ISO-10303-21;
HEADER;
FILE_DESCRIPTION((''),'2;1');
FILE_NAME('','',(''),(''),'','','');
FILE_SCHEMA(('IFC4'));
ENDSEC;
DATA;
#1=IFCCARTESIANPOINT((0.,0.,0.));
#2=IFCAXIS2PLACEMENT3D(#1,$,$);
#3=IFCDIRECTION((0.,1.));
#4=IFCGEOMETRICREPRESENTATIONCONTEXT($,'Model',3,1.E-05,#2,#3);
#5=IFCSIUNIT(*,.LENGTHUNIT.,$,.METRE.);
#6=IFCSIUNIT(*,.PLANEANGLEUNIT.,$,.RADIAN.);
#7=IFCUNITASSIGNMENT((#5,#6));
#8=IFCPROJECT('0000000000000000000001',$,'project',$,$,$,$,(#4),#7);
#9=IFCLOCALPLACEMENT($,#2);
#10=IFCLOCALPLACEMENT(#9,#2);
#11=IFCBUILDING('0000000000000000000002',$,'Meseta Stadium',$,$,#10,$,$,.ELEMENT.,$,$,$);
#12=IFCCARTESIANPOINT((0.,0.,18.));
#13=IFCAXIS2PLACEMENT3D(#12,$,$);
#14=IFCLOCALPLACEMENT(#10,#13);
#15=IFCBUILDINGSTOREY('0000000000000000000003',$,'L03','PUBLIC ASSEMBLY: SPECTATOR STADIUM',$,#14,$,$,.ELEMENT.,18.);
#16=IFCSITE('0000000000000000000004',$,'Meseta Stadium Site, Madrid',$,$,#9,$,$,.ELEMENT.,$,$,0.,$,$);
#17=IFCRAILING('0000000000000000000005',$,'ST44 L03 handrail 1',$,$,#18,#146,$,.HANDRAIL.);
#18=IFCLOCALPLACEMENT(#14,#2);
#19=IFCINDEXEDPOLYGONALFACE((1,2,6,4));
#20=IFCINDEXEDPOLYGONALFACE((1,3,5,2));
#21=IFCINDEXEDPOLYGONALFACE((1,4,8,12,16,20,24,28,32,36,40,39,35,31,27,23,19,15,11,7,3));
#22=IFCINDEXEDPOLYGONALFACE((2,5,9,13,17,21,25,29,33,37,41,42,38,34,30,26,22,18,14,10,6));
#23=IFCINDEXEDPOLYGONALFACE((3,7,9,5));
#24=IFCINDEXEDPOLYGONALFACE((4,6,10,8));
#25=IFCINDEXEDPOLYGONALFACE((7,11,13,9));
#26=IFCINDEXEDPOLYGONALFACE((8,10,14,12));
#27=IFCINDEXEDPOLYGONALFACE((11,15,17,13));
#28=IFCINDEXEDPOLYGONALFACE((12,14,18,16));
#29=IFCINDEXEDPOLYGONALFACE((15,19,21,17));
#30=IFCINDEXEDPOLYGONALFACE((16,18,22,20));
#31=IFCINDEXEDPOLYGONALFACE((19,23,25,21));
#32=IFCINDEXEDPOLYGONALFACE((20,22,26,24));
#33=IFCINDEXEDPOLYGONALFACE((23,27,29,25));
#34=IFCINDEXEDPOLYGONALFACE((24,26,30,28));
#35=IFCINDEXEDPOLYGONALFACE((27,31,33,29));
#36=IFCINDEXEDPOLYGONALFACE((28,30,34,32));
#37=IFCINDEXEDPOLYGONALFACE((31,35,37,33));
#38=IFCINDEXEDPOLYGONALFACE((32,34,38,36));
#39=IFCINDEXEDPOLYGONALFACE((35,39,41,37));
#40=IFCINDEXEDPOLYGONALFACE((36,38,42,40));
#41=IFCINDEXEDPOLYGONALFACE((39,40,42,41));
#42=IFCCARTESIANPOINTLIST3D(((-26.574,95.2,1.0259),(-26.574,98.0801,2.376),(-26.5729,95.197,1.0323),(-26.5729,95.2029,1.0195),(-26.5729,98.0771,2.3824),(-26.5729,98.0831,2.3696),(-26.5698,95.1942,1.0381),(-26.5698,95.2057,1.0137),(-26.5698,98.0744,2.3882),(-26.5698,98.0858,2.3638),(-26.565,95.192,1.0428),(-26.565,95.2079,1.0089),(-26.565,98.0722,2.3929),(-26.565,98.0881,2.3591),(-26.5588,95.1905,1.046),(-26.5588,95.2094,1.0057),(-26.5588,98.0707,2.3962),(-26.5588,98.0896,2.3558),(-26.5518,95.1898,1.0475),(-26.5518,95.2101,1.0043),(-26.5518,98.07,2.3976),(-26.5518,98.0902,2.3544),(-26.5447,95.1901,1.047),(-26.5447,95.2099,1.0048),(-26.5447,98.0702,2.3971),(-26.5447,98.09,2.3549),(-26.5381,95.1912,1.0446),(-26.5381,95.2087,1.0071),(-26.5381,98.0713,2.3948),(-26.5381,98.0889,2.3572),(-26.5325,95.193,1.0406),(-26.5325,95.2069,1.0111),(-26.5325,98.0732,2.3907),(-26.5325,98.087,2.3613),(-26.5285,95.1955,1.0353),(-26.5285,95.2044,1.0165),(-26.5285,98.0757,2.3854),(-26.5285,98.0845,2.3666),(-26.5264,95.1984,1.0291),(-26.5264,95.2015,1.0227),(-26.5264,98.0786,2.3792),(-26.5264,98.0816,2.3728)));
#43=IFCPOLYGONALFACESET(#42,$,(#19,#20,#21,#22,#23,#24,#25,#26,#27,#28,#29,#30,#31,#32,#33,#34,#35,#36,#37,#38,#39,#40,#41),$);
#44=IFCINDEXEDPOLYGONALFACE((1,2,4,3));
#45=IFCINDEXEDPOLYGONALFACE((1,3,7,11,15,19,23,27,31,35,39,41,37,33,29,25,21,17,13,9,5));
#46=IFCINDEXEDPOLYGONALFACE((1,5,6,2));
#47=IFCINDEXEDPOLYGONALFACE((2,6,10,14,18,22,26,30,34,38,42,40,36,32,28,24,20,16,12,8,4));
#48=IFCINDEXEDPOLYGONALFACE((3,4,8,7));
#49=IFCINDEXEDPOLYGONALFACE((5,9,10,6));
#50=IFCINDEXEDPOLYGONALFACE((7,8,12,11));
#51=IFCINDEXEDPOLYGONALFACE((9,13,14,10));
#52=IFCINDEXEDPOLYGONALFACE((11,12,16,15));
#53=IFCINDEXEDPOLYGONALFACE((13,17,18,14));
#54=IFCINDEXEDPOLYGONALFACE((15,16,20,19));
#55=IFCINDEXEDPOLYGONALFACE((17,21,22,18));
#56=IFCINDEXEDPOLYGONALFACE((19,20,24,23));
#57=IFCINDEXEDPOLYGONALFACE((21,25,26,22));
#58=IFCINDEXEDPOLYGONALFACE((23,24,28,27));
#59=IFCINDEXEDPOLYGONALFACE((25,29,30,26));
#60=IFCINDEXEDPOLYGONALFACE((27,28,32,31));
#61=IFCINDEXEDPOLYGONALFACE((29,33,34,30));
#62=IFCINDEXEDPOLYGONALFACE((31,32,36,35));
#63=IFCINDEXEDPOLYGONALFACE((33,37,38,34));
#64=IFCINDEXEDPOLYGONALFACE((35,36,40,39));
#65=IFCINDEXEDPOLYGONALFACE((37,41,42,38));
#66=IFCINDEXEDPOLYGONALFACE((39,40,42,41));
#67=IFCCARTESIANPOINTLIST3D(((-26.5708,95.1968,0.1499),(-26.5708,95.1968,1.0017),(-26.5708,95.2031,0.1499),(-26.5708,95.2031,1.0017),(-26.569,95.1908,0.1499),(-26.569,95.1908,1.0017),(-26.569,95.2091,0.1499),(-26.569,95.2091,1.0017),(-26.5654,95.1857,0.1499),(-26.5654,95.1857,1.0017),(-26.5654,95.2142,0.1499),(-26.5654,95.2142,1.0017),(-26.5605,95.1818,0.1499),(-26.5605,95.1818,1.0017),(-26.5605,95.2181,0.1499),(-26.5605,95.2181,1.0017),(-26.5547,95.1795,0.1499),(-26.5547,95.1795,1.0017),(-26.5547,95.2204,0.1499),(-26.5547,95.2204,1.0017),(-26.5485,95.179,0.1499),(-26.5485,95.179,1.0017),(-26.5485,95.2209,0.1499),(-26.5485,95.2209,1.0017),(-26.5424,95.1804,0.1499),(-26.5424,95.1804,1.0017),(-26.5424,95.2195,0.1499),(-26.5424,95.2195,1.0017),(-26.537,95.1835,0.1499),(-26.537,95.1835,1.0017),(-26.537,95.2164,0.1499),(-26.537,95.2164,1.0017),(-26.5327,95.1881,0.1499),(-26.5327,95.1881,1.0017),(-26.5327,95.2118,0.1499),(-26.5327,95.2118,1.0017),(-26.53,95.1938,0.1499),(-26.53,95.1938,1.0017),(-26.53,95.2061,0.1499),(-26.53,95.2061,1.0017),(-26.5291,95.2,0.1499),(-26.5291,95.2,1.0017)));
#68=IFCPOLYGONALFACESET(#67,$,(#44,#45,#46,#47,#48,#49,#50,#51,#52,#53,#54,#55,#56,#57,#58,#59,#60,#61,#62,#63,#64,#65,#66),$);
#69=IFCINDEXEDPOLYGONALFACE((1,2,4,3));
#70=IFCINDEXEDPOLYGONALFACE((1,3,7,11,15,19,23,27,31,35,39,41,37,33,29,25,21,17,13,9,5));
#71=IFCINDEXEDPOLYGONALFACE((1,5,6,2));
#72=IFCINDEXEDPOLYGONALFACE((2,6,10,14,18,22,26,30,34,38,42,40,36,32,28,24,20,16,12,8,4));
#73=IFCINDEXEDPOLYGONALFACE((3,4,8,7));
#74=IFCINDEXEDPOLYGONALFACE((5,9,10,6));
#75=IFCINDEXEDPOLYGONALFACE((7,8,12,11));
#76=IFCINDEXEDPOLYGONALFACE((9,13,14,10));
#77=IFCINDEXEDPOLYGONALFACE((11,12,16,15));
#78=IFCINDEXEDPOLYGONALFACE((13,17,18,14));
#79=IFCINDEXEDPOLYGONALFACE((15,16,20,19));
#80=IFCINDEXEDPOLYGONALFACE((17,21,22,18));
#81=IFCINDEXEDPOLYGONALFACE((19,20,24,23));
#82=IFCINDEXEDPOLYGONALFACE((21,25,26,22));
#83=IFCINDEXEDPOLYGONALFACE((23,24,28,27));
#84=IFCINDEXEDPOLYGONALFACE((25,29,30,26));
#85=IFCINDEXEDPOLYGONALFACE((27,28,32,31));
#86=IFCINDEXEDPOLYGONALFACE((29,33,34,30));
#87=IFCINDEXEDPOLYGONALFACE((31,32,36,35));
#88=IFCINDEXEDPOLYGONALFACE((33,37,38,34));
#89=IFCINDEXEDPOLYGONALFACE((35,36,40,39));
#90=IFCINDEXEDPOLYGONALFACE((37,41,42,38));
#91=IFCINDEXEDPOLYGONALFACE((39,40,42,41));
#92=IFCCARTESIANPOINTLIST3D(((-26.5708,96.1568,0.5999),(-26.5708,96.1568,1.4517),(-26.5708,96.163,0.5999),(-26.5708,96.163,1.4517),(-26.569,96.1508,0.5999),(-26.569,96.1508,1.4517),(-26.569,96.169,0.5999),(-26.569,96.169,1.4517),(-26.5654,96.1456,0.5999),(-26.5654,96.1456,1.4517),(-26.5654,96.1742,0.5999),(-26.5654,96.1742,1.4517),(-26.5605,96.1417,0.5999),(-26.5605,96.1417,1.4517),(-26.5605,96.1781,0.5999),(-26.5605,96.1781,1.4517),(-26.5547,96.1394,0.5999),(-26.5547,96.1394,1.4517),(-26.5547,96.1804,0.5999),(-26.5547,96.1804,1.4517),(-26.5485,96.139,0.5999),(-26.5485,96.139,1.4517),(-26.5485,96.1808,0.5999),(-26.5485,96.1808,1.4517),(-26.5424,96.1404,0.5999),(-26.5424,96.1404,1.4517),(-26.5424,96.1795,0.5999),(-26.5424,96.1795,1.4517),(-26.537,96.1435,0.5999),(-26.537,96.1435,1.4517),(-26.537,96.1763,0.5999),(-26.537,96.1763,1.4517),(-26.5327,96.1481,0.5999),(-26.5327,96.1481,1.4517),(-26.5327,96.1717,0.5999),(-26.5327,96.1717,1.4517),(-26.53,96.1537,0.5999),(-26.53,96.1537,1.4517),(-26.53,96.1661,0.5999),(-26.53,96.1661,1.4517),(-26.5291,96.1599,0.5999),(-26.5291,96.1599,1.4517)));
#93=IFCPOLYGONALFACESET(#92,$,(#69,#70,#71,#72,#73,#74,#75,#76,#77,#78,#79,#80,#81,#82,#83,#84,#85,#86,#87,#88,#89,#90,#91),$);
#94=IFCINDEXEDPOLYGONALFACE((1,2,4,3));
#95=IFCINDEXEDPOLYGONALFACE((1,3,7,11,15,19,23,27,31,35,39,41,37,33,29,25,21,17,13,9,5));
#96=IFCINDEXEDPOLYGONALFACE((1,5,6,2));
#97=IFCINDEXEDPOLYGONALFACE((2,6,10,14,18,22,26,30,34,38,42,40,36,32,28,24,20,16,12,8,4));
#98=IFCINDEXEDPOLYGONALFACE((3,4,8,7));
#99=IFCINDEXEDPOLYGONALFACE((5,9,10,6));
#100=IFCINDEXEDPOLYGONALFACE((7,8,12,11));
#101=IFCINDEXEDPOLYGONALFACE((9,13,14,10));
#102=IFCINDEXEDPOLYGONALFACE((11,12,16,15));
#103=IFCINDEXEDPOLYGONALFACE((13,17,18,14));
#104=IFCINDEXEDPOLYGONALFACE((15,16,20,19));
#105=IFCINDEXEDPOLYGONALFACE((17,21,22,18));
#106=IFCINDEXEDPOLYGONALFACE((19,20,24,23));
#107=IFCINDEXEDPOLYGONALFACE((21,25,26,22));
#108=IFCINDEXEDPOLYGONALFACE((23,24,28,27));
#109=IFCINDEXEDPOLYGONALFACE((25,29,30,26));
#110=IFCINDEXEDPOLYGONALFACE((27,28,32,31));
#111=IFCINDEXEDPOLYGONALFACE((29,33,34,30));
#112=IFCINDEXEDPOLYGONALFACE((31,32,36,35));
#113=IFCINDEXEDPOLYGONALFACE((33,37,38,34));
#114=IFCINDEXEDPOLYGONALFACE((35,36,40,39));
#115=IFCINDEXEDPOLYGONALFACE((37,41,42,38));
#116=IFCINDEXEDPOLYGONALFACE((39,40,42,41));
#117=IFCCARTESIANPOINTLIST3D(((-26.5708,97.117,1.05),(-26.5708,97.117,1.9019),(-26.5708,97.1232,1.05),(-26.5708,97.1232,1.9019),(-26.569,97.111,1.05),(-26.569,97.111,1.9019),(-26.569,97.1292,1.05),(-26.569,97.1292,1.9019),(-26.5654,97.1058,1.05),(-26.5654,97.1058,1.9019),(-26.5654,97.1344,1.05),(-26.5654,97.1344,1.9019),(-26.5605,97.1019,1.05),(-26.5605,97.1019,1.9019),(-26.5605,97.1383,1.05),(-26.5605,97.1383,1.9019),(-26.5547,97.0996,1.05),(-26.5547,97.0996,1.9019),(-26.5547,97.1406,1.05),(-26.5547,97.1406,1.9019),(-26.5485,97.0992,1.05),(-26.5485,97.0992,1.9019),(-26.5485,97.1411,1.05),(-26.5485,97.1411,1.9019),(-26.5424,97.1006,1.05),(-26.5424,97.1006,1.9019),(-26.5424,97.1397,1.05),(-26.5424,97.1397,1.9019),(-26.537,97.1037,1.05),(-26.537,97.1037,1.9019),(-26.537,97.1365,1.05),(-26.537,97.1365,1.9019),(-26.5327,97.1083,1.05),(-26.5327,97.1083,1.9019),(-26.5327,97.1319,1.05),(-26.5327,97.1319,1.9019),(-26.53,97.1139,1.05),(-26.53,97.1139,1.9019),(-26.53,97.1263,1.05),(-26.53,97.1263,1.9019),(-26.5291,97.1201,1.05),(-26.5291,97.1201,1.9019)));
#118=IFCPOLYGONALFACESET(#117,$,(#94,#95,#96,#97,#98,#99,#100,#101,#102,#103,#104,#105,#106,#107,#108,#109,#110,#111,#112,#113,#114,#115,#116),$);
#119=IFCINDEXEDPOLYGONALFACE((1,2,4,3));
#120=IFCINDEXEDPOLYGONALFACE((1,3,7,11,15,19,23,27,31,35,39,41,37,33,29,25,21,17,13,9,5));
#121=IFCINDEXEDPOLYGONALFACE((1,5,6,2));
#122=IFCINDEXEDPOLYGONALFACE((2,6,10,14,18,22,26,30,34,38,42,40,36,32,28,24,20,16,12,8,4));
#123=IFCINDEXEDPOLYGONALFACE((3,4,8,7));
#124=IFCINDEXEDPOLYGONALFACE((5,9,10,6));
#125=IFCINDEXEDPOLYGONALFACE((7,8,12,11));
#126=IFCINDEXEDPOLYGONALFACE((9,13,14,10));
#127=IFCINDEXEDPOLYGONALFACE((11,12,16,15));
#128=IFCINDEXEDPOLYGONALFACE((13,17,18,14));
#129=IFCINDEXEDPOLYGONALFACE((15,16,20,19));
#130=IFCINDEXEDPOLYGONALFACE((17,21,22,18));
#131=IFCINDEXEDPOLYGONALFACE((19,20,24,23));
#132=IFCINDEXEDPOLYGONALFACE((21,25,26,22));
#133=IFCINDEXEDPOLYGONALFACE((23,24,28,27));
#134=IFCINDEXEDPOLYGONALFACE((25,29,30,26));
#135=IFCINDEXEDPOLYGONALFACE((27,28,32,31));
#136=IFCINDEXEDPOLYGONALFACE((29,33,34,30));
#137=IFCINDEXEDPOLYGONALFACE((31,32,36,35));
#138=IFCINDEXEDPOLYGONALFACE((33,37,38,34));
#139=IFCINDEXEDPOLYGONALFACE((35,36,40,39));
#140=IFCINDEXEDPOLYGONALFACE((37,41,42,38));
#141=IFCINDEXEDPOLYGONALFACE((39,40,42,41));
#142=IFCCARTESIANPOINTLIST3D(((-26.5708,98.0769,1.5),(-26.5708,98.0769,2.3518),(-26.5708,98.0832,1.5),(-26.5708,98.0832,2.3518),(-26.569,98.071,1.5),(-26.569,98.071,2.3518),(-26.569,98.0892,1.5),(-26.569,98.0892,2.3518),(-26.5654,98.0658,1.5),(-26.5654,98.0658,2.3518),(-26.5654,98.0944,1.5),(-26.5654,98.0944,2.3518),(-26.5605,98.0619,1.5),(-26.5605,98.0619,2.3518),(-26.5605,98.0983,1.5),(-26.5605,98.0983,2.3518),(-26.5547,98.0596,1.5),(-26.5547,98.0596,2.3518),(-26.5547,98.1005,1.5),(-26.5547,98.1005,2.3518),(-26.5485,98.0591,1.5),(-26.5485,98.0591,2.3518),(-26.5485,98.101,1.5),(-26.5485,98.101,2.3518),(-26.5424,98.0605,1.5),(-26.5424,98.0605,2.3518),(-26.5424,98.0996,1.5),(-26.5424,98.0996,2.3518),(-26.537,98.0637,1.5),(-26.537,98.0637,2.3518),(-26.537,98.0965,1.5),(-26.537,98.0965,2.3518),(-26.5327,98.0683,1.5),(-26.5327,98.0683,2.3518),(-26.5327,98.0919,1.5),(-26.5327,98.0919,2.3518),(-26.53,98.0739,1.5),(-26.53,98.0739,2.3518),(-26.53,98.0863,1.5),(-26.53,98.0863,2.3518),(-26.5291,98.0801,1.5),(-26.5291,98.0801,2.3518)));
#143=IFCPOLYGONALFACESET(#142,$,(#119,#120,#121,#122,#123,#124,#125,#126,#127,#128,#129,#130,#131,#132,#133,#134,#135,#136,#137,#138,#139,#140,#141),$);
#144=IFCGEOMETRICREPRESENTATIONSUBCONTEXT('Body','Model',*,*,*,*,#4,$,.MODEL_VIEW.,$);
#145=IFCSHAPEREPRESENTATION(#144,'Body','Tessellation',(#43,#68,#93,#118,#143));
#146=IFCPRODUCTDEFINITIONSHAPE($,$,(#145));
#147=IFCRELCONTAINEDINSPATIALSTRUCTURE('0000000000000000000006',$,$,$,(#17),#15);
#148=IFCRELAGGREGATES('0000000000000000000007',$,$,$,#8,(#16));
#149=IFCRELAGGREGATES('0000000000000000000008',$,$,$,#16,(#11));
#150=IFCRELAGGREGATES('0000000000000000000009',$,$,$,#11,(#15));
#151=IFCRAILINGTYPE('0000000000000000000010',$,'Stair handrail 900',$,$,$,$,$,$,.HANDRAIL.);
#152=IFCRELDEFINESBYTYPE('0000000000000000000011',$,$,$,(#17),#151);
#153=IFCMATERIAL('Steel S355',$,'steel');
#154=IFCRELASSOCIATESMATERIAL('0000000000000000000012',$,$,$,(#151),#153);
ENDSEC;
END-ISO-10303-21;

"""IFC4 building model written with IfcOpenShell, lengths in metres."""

from ifc_helpers import new_model, si_unit, direction, frame, origin, origin_2d, place, context, subcontext, project, spatial, circle, extrude, material, type_object, element, save


model = new_model("IFC4")

# Units and contexts
model_context = context("Model", 3, precision=1e-05, world=origin(), true_north=direction((0.0, 1.0)))
body_context = subcontext(model_context, "Body", "Model", "MODEL_VIEW")
ifc_project = project(units=[si_unit("LENGTHUNIT", "METRE"), si_unit("PLANEANGLEUNIT", "RADIAN")], contexts=[model_context])

# Site, building, storey
site_placement = place(None, origin())
site = spatial("IfcSite", under=ifc_project, at=site_placement, Name="Meseta Stadium Site, Madrid", CompositionType="ELEMENT", RefElevation=0.0)
building_placement = place(site_placement, origin())
building = spatial("IfcBuilding", under=site, at=building_placement, Name="Meseta Stadium", CompositionType="ELEMENT")
storey_placement = place(building_placement, frame((0.0, 0.0, 18.0)))
storey = spatial("IfcBuildingStorey", under=building, at=storey_placement, Name="L03", Description="PUBLIC ASSEMBLY: SPECTATOR STADIUM", CompositionType="ELEMENT", Elevation=18.0)

# Railing
ifc_material_1 = material(Name="Steel S355", Category="steel")
railing_type_1 = type_object("IfcRailingType", Name="Stair handrail 900", PredefinedType="HANDRAIL", material=ifc_material_1)
for number, where, name in (
    (1, (-26.55, 95.2, 0.1499), "ST44 L03 handrail 1"),
):
    element("IfcRailing", number, at=place(storey_placement, frame(where)), inside=storey, type_object=railing_type_1, Name=name, PredefinedType="HANDRAIL", context=body_context, shape_type="SweptSolid", body=[
        extrude(circle(Radius=0.0239, at=origin_2d()), frame((0.0, 0.0, 0.876), z_axis=(0.0, 0.905454, 0.424444), x_axis=(-1.0, 0.0, 0.0)), (0.0, 0.0, 1.0), 3.1809),
        extrude(circle(Radius=0.021, at=origin_2d()), origin(), (0.0, 0.0, 1.0), 0.8518),
        extrude(circle(Radius=0.021, at=origin_2d()), frame((0.0, 0.96, 0.45)), (0.0, 0.0, 1.0), 0.8518),
        extrude(circle(Radius=0.021, at=origin_2d()), frame((0.0, 1.9202, 0.9001)), (0.0, 0.0, 1.0), 0.8518),
        extrude(circle(Radius=0.021, at=origin_2d()), frame((0.0, 2.8801, 1.3501)), (0.0, 0.0, 1.0), 0.8518),
    ])

save(model, "model.ifc")
